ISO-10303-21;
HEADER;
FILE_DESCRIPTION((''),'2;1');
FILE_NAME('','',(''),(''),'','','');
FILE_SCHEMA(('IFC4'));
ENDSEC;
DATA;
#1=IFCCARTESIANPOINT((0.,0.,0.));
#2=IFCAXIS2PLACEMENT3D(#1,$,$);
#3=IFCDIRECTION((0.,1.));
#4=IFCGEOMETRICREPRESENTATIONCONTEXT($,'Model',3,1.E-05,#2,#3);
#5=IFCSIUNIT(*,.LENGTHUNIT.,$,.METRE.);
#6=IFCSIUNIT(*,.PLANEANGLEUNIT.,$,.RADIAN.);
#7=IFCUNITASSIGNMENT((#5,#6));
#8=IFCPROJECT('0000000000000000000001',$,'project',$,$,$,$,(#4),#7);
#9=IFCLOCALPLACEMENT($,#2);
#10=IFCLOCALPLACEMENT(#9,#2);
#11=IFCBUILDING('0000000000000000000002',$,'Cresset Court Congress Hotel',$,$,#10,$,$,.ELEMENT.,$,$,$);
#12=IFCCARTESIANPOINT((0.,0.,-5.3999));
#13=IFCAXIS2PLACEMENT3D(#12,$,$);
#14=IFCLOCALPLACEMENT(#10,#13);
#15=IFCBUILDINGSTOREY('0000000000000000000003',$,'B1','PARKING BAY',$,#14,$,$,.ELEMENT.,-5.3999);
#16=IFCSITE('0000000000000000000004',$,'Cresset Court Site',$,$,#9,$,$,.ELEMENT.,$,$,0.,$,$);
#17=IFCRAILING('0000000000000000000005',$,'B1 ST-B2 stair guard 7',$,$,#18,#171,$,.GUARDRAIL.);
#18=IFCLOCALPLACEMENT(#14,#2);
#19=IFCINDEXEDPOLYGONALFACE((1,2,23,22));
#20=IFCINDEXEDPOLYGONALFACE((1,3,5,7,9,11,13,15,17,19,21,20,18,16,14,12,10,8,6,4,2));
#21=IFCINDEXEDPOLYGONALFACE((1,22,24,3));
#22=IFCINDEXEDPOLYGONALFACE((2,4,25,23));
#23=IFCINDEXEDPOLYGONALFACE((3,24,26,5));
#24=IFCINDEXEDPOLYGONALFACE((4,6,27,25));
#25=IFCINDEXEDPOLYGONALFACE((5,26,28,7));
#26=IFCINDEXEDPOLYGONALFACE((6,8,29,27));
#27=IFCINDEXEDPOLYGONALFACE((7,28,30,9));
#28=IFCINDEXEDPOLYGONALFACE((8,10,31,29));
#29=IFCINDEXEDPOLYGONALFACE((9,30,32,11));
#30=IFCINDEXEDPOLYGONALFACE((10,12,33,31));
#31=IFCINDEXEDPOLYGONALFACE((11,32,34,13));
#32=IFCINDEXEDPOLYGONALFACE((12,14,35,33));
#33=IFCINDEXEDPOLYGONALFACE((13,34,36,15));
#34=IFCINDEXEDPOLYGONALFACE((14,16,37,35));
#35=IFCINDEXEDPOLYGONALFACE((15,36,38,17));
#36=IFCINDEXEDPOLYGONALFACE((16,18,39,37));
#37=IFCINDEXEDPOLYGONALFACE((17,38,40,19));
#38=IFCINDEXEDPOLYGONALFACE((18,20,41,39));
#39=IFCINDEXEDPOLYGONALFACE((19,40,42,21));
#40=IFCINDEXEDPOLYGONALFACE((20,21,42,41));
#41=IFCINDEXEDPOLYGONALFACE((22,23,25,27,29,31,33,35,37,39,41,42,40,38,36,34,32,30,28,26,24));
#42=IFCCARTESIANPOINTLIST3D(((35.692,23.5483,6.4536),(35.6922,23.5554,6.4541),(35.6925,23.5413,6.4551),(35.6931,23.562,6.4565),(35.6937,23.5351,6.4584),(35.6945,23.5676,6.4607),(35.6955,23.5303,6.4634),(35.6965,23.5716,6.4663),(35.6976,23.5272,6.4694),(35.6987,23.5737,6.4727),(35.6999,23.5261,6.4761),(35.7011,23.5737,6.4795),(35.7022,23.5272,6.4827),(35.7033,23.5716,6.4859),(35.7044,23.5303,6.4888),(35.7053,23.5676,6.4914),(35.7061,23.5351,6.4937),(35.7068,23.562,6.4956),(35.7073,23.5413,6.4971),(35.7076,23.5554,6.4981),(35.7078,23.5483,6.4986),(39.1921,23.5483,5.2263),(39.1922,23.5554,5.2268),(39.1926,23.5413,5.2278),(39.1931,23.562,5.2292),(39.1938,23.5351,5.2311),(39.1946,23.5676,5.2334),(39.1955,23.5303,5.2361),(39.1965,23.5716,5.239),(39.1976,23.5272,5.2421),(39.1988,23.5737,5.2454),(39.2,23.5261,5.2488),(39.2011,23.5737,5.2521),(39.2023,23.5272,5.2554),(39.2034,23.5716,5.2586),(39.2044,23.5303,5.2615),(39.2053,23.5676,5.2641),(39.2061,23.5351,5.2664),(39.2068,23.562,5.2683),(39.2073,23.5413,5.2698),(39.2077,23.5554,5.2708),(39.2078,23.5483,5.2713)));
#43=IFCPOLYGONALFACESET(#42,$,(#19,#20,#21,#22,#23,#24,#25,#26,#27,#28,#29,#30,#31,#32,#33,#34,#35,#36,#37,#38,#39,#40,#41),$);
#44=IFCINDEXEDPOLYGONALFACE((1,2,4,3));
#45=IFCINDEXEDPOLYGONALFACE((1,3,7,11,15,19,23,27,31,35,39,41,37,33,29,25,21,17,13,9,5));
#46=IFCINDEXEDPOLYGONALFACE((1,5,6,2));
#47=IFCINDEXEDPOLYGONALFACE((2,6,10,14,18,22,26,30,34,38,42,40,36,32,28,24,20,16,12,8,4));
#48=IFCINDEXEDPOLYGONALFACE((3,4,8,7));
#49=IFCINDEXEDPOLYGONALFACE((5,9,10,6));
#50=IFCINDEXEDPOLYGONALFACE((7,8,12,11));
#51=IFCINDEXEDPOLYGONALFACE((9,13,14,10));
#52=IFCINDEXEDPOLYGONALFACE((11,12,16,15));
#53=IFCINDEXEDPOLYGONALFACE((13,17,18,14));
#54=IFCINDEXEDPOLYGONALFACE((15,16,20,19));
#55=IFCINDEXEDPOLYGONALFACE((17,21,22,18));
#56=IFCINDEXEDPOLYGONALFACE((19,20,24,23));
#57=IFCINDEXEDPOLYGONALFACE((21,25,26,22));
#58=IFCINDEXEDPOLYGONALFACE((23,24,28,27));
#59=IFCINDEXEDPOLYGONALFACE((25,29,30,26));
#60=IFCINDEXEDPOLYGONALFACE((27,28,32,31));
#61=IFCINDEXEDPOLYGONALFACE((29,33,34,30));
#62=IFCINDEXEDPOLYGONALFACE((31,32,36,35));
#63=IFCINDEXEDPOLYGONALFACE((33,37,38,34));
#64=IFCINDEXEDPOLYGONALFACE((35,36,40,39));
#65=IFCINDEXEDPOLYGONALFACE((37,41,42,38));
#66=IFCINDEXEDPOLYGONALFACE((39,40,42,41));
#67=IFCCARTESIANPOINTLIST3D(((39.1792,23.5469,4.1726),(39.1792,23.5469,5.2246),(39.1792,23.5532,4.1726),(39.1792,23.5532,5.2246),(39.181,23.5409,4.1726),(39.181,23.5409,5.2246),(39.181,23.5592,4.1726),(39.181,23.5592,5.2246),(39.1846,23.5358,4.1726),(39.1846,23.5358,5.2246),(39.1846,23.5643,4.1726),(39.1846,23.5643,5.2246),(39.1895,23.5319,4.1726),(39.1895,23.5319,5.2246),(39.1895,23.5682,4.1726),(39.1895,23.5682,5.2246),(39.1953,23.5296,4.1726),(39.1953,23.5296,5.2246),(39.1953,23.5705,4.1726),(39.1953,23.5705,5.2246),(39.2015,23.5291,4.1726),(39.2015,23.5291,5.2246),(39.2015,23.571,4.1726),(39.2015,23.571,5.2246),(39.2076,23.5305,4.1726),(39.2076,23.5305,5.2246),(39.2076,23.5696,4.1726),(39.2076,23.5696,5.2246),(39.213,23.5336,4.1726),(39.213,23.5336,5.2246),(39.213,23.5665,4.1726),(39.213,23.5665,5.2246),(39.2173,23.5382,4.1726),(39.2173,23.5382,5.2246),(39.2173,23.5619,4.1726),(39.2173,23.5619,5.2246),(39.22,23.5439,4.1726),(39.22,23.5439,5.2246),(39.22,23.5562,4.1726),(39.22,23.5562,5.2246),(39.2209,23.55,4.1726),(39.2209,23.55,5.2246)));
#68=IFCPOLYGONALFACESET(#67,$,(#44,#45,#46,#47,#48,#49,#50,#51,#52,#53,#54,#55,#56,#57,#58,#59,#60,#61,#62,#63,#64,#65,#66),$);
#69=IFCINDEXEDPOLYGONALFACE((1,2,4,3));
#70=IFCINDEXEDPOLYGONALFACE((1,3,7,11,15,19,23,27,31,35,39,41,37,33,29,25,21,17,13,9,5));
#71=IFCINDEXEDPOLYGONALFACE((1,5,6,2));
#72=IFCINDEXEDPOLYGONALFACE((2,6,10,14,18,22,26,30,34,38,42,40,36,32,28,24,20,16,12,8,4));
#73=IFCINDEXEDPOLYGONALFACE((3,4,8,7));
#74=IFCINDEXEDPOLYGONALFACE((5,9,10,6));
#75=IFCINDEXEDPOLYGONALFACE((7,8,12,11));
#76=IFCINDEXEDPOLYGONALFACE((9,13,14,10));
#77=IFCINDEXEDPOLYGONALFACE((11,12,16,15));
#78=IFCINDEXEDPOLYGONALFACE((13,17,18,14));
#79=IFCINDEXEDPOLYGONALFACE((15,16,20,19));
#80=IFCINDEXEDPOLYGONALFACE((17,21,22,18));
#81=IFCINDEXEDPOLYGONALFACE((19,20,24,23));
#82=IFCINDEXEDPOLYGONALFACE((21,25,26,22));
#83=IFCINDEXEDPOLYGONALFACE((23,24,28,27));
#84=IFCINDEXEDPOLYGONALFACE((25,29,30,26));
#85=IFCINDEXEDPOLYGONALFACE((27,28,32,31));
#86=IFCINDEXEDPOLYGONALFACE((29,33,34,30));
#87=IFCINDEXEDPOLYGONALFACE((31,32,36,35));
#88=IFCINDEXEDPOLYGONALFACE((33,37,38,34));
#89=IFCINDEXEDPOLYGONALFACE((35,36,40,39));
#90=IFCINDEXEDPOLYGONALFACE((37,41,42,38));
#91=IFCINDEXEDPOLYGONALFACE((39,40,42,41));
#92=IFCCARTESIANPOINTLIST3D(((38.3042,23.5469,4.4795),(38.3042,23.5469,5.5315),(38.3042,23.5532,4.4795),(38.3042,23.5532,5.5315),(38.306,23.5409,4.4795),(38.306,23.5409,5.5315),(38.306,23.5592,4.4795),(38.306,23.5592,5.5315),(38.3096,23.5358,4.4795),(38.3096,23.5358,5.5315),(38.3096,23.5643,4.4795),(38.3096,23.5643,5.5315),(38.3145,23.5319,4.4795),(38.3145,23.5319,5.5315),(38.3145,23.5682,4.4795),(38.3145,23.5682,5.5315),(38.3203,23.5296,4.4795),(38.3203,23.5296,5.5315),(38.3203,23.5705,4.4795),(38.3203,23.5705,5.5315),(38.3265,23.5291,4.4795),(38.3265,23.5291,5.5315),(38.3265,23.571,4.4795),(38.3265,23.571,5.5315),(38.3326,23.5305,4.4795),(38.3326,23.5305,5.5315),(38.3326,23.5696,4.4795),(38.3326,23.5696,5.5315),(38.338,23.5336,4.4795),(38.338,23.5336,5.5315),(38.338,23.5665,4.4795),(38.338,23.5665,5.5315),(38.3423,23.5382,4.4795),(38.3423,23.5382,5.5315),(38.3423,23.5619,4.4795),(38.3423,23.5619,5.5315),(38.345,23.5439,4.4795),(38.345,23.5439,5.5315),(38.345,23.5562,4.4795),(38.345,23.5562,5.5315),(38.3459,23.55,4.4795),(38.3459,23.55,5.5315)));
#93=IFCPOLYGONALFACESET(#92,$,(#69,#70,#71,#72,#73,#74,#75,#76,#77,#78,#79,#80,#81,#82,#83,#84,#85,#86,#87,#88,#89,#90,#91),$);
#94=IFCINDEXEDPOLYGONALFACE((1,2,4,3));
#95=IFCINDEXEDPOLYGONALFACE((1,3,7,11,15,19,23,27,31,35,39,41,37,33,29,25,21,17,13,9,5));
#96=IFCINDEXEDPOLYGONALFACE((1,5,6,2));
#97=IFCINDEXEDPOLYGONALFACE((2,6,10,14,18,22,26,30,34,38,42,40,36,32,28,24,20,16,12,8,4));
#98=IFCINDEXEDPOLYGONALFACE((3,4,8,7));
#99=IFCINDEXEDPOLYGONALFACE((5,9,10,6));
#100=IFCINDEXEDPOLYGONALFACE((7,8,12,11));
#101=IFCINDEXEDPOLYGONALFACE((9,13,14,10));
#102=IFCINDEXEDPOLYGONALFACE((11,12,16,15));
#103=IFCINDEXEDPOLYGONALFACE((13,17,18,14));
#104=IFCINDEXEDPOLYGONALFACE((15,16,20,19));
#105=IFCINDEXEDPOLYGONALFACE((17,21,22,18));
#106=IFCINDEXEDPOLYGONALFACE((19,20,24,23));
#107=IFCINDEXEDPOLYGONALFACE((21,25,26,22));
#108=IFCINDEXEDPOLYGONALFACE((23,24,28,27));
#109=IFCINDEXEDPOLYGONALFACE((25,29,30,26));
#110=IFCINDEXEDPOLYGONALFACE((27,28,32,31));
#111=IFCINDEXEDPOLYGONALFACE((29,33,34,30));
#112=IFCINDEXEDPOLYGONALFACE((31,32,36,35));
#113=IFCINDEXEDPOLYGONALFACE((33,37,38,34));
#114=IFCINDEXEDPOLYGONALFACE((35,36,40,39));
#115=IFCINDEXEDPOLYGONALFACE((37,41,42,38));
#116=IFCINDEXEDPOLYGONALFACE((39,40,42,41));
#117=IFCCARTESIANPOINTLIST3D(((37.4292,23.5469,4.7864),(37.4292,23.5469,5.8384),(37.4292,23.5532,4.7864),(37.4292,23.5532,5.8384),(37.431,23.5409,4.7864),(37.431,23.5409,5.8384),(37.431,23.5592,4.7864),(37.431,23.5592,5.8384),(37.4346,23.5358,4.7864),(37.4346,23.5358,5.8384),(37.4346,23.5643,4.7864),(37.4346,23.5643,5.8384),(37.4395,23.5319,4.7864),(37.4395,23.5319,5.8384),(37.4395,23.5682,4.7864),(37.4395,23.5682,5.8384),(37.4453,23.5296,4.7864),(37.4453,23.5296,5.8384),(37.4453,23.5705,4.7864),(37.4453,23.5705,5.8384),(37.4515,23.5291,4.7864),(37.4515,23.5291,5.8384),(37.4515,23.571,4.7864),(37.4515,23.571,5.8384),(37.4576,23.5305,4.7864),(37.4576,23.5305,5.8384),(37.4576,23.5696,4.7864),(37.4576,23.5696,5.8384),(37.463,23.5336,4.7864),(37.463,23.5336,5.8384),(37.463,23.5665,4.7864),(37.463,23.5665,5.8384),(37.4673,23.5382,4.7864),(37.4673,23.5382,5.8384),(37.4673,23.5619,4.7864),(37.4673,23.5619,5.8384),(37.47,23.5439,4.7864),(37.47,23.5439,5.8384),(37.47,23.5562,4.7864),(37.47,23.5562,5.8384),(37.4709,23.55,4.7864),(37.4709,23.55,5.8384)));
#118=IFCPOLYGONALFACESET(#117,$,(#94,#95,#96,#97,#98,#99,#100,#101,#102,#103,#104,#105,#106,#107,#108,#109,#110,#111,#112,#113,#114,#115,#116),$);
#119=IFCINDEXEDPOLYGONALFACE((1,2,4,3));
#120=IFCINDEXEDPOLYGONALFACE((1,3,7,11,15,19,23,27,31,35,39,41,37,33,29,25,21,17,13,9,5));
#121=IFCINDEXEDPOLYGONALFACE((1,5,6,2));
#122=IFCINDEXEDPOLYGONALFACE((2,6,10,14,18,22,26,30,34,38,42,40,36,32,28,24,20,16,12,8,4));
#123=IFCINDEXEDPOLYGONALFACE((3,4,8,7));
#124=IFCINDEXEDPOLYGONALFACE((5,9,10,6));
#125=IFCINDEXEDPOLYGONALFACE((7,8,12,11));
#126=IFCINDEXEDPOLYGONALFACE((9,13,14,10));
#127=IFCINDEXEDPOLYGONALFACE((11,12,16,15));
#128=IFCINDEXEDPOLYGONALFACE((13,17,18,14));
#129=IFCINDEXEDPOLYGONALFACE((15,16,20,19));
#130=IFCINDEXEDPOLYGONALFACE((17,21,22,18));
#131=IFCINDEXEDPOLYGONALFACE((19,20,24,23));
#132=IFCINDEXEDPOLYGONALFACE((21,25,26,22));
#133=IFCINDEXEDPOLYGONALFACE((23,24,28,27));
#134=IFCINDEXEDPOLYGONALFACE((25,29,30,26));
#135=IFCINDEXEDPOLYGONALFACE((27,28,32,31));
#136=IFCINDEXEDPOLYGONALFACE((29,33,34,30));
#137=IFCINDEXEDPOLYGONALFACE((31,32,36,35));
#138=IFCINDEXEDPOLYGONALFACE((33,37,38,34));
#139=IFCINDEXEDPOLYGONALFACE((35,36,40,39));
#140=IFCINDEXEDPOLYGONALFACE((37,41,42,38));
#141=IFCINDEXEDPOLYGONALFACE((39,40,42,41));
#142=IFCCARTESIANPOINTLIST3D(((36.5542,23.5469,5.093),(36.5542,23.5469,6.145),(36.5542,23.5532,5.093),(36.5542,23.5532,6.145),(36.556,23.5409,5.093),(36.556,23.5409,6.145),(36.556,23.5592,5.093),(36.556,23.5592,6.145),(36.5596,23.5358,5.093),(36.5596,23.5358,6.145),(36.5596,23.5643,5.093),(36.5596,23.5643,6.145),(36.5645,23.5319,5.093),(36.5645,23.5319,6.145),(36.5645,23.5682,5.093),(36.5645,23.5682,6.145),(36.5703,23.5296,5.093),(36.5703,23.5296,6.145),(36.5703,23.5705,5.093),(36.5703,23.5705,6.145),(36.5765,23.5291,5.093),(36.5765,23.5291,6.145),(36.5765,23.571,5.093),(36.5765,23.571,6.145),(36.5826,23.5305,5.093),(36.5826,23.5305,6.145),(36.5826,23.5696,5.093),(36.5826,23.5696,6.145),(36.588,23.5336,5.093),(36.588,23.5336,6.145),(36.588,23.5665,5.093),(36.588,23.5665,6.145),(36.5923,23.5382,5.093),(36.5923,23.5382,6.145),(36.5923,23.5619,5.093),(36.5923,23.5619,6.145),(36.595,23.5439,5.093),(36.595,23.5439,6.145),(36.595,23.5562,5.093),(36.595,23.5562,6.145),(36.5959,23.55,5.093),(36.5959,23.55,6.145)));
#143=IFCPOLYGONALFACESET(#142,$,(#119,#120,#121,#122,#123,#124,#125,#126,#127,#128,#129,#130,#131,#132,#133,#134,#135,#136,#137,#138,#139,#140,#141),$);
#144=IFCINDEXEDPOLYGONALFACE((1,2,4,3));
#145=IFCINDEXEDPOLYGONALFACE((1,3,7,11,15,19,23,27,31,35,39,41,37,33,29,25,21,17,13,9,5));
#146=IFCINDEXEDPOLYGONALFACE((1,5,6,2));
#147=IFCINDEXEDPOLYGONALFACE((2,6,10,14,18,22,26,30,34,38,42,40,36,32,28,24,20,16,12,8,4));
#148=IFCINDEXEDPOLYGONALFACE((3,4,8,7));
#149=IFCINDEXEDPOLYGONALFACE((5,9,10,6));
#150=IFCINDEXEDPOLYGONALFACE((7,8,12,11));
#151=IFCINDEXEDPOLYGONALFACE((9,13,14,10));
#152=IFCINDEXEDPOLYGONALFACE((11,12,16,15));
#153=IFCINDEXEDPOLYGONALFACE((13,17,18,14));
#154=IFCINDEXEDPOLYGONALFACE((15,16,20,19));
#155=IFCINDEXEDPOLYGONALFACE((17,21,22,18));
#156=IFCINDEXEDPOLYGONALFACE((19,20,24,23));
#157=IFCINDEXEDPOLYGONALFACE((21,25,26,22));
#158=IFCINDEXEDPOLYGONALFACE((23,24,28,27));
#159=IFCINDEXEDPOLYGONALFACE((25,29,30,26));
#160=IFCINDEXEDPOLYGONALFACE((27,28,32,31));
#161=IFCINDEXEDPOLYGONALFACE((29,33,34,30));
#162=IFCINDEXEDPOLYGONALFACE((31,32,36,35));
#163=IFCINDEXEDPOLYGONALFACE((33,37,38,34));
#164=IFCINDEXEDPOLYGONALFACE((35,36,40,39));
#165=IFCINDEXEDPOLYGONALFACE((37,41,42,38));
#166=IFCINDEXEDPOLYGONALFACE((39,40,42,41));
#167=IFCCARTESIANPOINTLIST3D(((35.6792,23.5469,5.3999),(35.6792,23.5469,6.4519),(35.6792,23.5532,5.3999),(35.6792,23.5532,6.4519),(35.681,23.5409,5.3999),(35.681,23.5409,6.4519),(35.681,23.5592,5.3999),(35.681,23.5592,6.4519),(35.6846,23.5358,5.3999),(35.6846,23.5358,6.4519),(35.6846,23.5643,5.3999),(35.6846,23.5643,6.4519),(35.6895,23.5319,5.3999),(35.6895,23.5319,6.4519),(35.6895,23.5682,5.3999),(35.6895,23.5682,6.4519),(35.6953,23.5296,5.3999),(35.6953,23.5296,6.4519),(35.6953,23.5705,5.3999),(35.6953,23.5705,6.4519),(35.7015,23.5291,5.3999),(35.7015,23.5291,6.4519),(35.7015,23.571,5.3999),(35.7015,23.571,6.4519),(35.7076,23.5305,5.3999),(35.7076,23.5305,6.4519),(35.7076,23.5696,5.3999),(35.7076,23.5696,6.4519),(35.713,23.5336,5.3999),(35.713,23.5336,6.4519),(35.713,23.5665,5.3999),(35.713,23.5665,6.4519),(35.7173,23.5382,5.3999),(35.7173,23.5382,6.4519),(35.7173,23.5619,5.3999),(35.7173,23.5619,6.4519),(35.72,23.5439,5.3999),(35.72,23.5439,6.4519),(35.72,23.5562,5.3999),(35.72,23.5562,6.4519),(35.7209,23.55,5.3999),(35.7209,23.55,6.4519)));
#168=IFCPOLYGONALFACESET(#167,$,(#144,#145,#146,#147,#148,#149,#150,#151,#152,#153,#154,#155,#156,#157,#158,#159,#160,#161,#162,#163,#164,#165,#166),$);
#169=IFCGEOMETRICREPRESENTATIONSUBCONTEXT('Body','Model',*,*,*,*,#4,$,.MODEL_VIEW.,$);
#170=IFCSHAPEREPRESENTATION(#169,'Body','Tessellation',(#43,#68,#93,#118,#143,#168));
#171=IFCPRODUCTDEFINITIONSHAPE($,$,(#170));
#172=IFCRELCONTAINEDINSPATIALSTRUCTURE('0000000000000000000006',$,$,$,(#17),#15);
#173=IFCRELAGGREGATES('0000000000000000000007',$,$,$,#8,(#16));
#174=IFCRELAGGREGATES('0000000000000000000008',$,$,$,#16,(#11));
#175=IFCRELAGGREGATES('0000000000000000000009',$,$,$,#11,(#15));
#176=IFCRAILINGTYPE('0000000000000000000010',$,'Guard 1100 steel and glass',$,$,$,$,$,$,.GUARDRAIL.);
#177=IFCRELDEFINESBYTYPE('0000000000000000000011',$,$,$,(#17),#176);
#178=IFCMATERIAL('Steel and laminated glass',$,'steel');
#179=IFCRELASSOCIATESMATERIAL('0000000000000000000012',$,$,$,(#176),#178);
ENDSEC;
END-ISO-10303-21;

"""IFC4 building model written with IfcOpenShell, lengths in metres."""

from ifc_helpers import new_model, si_unit, direction, frame, origin, origin_2d, place, context, subcontext, project, spatial, circle, extrude, material, type_object, element, save


model = new_model("IFC4")

# Units and contexts
model_context = context("Model", 3, precision=1e-05, world=origin(), true_north=direction((0.0, 1.0)))
body_context = subcontext(model_context, "Body", "Model", "MODEL_VIEW")
ifc_project = project(units=[si_unit("LENGTHUNIT", "METRE"), si_unit("PLANEANGLEUNIT", "RADIAN")], contexts=[model_context])

# Site, building, storey
site_placement = place(None, origin())
site = spatial("IfcSite", under=ifc_project, at=site_placement, Name="Cresset Court Site", CompositionType="ELEMENT", RefElevation=0.0)
building_placement = place(site_placement, origin())
building = spatial("IfcBuilding", under=site, at=building_placement, Name="Cresset Court Congress Hotel", CompositionType="ELEMENT")
storey_placement = place(building_placement, frame((0.0, 0.0, -5.3999)))
storey = spatial("IfcBuildingStorey", under=building, at=storey_placement, Name="B1", Description="PARKING BAY", CompositionType="ELEMENT", Elevation=-5.3999)

# Railing
ifc_material_1 = material(Name="Steel and laminated glass", Category="steel")
railing_type_1 = type_object("IfcRailingType", Name="Guard 1100 steel and glass", PredefinedType="GUARDRAIL", material=ifc_material_1)
railing_1_placement = place(storey_placement, frame((39.2, 23.55, 4.1726)))
element("IfcRailing", 1, at=railing_1_placement, inside=storey, type_object=railing_type_1, Name="B1 ST-B2 stair guard 7", PredefinedType="GUARDRAIL", context=body_context, shape_type="SweptSolid", body=[
    extrude(circle(Radius=0.0239, at=origin_2d()), frame((0.0, 0.0, 1.0762), z_axis=(-0.943665, 0.0, 0.330902), x_axis=(0.0, -1.0, 0.0)), (0.0, 0.0, 1.0), 3.709),
    extrude(circle(Radius=0.021, at=origin_2d()), origin(), (0.0, 0.0, 1.0), 1.052),
    extrude(circle(Radius=0.021, at=origin_2d()), frame((-0.875, 0.0, 0.3069)), (0.0, 0.0, 1.0), 1.052),
    extrude(circle(Radius=0.021, at=origin_2d()), frame((-1.75, 0.0, 0.6138)), (0.0, 0.0, 1.0), 1.052),
    extrude(circle(Radius=0.021, at=origin_2d()), frame((-2.625, 0.0, 0.9204)), (0.0, 0.0, 1.0), 1.052),
    extrude(circle(Radius=0.021, at=origin_2d()), frame((-3.5, 0.0, 1.2273)), (0.0, 0.0, 1.0), 1.052),
])

save(model, "model.ifc")
